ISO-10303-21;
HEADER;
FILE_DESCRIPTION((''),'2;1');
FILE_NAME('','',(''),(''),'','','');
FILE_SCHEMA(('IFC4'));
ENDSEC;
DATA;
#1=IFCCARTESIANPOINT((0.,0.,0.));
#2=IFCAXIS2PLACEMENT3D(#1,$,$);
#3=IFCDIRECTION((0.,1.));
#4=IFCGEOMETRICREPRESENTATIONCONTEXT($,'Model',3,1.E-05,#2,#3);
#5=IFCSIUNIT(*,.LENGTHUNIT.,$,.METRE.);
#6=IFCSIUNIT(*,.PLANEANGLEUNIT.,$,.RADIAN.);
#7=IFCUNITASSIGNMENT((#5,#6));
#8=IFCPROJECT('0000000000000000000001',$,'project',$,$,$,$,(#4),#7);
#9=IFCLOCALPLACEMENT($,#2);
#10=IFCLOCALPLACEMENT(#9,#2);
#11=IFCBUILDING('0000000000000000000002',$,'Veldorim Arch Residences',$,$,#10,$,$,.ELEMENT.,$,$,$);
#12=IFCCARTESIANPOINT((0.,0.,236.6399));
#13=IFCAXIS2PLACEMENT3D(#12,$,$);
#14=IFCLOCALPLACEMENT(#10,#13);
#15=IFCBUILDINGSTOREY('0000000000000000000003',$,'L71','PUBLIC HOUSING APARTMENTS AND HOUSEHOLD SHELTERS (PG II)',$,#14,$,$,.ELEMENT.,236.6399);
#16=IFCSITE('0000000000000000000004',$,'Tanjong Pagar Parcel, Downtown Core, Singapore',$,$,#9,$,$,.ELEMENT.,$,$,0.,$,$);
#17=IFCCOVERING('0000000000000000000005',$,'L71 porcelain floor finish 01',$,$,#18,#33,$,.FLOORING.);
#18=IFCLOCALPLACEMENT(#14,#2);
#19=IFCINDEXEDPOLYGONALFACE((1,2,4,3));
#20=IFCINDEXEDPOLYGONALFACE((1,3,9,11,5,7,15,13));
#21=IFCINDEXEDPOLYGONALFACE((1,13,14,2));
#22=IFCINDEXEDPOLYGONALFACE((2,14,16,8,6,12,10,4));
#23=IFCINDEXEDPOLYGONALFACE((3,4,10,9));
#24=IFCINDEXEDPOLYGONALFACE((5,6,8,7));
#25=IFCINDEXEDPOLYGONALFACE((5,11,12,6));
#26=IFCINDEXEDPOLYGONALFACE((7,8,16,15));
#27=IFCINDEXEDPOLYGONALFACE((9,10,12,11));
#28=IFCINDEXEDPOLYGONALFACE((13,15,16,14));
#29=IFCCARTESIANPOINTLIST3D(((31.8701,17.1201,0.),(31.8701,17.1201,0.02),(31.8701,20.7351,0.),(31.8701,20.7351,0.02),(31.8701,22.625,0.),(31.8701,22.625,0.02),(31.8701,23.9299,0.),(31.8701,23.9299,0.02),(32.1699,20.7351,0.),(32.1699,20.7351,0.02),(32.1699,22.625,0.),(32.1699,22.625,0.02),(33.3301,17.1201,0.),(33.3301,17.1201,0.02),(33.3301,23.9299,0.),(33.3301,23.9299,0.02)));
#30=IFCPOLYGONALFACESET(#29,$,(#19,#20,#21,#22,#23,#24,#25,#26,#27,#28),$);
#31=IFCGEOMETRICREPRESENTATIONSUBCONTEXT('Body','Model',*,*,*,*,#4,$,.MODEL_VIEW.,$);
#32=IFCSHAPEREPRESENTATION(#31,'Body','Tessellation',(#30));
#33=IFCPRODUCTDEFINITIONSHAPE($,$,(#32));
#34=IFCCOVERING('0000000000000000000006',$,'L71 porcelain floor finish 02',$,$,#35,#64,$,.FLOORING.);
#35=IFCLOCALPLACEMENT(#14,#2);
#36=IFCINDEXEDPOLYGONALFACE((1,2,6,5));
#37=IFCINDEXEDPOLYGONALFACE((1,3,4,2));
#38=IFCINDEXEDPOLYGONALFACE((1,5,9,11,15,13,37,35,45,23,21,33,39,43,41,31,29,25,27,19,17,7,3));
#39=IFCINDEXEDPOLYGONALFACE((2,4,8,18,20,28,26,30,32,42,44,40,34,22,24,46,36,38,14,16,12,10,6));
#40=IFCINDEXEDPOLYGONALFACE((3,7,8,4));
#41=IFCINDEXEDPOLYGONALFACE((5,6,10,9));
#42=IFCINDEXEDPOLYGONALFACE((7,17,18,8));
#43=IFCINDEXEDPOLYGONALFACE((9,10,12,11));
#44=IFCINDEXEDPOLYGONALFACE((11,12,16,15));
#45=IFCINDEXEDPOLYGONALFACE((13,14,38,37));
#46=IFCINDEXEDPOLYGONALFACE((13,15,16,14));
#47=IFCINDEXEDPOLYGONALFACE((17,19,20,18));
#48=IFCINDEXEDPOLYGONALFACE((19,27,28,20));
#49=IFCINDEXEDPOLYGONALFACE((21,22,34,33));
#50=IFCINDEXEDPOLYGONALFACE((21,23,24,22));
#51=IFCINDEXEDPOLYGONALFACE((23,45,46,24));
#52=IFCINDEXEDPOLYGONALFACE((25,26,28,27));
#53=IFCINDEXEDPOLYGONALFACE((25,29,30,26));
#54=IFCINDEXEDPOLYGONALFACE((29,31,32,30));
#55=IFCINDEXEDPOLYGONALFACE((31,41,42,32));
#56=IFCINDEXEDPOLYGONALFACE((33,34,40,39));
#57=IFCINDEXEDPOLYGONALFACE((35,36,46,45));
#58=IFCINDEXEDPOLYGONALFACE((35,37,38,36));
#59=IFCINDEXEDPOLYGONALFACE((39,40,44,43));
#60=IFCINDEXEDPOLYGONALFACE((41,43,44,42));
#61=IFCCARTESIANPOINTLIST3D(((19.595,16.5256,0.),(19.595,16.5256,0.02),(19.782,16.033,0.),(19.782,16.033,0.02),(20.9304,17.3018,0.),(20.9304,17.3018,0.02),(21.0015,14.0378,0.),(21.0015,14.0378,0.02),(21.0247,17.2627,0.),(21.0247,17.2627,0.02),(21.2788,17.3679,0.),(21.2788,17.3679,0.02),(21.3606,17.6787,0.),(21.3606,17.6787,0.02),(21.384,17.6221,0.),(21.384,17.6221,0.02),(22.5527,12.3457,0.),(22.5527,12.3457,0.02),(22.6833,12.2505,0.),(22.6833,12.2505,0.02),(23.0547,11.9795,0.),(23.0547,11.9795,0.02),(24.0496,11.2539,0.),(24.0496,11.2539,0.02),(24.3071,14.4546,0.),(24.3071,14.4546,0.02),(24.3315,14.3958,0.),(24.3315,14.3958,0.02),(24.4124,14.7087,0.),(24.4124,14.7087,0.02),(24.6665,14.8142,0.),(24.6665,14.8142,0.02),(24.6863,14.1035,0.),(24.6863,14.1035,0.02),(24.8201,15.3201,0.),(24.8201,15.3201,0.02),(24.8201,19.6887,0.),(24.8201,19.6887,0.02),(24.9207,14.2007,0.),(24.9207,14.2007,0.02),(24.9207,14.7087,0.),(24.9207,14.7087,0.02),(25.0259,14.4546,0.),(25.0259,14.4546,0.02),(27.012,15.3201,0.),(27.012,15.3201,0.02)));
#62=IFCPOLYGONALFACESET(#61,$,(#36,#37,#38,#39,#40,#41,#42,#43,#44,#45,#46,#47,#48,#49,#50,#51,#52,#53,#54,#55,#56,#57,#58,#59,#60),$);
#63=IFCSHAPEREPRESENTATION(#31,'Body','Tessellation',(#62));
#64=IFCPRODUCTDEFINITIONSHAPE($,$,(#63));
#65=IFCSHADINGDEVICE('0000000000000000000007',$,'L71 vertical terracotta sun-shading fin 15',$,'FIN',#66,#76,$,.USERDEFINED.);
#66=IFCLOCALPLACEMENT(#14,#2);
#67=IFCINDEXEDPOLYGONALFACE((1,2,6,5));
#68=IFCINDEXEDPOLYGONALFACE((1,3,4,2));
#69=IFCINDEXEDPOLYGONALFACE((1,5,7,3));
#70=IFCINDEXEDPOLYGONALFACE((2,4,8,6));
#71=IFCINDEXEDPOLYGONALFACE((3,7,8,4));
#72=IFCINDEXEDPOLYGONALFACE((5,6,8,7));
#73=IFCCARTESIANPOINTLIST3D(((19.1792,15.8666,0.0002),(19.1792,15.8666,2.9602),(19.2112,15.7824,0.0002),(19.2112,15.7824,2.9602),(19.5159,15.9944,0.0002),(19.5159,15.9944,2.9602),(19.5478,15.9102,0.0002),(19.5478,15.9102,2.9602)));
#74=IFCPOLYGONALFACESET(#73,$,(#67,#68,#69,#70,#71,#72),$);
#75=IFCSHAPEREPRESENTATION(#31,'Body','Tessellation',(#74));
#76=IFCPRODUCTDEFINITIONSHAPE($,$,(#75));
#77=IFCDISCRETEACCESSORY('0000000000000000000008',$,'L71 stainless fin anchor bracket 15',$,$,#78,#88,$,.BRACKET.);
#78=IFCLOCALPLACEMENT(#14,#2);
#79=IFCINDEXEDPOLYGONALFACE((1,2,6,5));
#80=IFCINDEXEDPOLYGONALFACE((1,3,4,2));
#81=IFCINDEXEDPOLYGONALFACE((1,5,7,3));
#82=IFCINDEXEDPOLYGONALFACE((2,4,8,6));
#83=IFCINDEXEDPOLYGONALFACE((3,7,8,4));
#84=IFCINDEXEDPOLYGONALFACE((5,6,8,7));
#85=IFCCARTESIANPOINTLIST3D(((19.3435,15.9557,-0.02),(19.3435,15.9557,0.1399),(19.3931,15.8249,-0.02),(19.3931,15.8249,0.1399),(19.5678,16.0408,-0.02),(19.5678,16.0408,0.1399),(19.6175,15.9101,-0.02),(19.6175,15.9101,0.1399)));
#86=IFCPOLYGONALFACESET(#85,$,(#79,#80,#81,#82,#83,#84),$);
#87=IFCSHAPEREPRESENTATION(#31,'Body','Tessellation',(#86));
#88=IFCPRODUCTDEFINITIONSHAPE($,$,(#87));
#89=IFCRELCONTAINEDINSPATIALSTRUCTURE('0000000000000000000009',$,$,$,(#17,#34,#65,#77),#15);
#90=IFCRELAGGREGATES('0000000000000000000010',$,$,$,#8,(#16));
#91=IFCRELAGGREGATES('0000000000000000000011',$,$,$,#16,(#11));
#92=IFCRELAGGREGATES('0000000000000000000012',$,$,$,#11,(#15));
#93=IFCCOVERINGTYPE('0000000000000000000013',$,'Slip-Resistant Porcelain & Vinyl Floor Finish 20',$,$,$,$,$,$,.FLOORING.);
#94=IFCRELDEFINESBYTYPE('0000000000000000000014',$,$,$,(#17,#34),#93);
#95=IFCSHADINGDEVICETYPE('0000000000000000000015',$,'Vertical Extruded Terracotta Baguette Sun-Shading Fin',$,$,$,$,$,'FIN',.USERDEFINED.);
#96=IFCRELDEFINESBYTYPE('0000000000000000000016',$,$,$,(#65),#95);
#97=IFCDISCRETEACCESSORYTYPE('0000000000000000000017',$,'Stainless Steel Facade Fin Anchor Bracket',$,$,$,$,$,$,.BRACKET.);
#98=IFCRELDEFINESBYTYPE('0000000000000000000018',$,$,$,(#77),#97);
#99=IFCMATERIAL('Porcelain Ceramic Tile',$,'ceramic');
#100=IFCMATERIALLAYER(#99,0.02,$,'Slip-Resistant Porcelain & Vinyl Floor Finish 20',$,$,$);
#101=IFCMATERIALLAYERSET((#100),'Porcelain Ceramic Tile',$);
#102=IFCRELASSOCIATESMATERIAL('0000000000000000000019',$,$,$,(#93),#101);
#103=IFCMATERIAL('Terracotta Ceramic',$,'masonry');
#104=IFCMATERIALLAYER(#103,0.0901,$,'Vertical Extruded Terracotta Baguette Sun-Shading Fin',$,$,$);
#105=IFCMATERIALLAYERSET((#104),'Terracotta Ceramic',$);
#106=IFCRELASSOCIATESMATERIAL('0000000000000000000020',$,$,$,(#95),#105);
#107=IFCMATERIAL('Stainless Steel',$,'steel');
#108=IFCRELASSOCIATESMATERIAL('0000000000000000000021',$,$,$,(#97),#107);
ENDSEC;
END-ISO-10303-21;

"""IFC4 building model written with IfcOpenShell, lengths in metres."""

from ifc_helpers import new_model, si_unit, direction, frame, origin, origin_2d, place, context, subcontext, project, spatial, polyline, rectangle, outline, extrude, material, layer, layer_set, type_object, element, save


model = new_model("IFC4")

# Units and contexts
model_context = context("Model", 3, precision=1e-05, world=origin(), true_north=direction((0.0, 1.0)))
body_context = subcontext(model_context, "Body", "Model", "MODEL_VIEW")
ifc_project = project(units=[si_unit("LENGTHUNIT", "METRE"), si_unit("PLANEANGLEUNIT", "RADIAN")], contexts=[model_context])

# Site, building, storey
site_placement = place(None, origin())
site = spatial("IfcSite", under=ifc_project, at=site_placement, Name="Tanjong Pagar Parcel, Downtown Core, Singapore", CompositionType="ELEMENT", RefElevation=0.0)
building_placement = place(site_placement, origin())
building = spatial("IfcBuilding", under=site, at=building_placement, Name="Veldorim Arch Residences", CompositionType="ELEMENT")
storey_placement = place(building_placement, frame((0.0, 0.0, 236.6399)))
storey = spatial("IfcBuildingStorey", under=building, at=storey_placement, Name="L71", Description="PUBLIC HOUSING APARTMENTS AND HOUSEHOLD SHELTERS (PG II)", CompositionType="ELEMENT", Elevation=236.6399)

# Coverings
ifc_material_1 = material(Name="Porcelain Ceramic Tile", Category="ceramic")
ifc_layer_1 = layer(ifc_material_1, 0.02, Name="Slip-Resistant Porcelain & Vinyl Floor Finish 20")
ifc_layer_set_1 = layer_set([ifc_layer_1], Name="Porcelain Ceramic Tile")
covering_type_1 = type_object("IfcCoveringType", Name="Slip-Resistant Porcelain & Vinyl Floor Finish 20", PredefinedType="FLOORING", material=ifc_layer_set_1)
covering_1_placement = place(storey_placement, origin())
element("IfcCovering", 1, at=covering_1_placement, inside=storey, type_object=covering_type_1, Name="L71 porcelain floor finish 01", PredefinedType="FLOORING", context=body_context, shape_type="SweptSolid", body=[
    extrude(outline(polyline([(33.3301, 23.9299), (33.3301, 17.1201), (31.8701, 17.1201), (31.8701, 20.7351), (32.1699, 20.7351), (32.1699, 22.625), (31.8701, 22.625), (31.8701, 23.9299), (33.3301, 23.9299)])), origin(), (0.0, 0.0, 1.0), 0.02),
])
covering_2_placement = place(storey_placement, origin())
element("IfcCovering", 2, at=covering_2_placement, inside=storey, type_object=covering_type_1, Name="L71 porcelain floor finish 02", PredefinedType="FLOORING", context=body_context, shape_type="SweptSolid", body=[
    extrude(outline(polyline([(24.9207, 14.2007), (25.0259, 14.4546), (24.9207, 14.7087), (24.6665, 14.8142), (24.4124, 14.7087), (24.3071, 14.4546), (24.3315, 14.3958), (22.6833, 12.2505), (22.5527, 12.3457), (21.0015, 14.0378), (19.782, 16.033), (19.595, 16.5256), (20.9304, 17.3018), (21.0247, 17.2627), (21.2788, 17.3679), (21.384, 17.6221), (21.3606, 17.6787), (24.8201, 19.6887), (24.8201, 15.3201), (27.012, 15.3201), (24.0496, 11.2539), (23.0547, 11.9795), (24.6863, 14.1035), (24.9207, 14.2007)])), origin(), (0.0, 0.0, 1.0), 0.02),
])

# Shading device
ifc_material_2 = material(Name="Terracotta Ceramic", Category="masonry")
ifc_layer_2 = layer(ifc_material_2, 0.0901, Name="Vertical Extruded Terracotta Baguette Sun-Shading Fin")
ifc_layer_set_2 = layer_set([ifc_layer_2], Name="Terracotta Ceramic")
shading_device_type = type_object("IfcShadingDeviceType", Name="Vertical Extruded Terracotta Baguette Sun-Shading Fin", ElementType="FIN", PredefinedType="USERDEFINED", material=ifc_layer_set_2)
shading_device_placement = place(storey_placement, frame((19.3635, 15.8884, 0.0002), z_axis=(0.0, 0.0, 1.0), x_axis=(-0.354944, 0.934888, 0.0)))
element("IfcShadingDevice", 3, at=shading_device_placement, inside=storey, type_object=shading_device_type, Name="L71 vertical terracotta sun-shading fin 15", ObjectType="FIN", PredefinedType="USERDEFINED", context=body_context, shape_type="SweptSolid", body=[
    extrude(rectangle(XDim=0.0901, YDim=0.3601, at=origin_2d()), origin(), (0.0, 0.0, 1.0), 2.96),
])

# Discrete accessory
ifc_material_3 = material(Name="Stainless Steel", Category="steel")
discrete_accessory_type = type_object("IfcDiscreteAccessoryType", Name="Stainless Steel Facade Fin Anchor Bracket", PredefinedType="BRACKET", material=ifc_material_3)
discrete_accessory_placement = place(storey_placement, frame((19.4805, 15.9329, -0.02), z_axis=(0.0, 0.0, 1.0), x_axis=(-0.354944, 0.934888, 0.0)))
element("IfcDiscreteAccessory", 4, at=discrete_accessory_placement, inside=storey, type_object=discrete_accessory_type, Name="L71 stainless fin anchor bracket 15", PredefinedType="BRACKET", context=body_context, shape_type="SweptSolid", body=[
    extrude(rectangle(XDim=0.1399, YDim=0.24, at=origin_2d()), origin(), (0.0, 0.0, 1.0), 0.1599),
])

save(model, "model.ifc")
